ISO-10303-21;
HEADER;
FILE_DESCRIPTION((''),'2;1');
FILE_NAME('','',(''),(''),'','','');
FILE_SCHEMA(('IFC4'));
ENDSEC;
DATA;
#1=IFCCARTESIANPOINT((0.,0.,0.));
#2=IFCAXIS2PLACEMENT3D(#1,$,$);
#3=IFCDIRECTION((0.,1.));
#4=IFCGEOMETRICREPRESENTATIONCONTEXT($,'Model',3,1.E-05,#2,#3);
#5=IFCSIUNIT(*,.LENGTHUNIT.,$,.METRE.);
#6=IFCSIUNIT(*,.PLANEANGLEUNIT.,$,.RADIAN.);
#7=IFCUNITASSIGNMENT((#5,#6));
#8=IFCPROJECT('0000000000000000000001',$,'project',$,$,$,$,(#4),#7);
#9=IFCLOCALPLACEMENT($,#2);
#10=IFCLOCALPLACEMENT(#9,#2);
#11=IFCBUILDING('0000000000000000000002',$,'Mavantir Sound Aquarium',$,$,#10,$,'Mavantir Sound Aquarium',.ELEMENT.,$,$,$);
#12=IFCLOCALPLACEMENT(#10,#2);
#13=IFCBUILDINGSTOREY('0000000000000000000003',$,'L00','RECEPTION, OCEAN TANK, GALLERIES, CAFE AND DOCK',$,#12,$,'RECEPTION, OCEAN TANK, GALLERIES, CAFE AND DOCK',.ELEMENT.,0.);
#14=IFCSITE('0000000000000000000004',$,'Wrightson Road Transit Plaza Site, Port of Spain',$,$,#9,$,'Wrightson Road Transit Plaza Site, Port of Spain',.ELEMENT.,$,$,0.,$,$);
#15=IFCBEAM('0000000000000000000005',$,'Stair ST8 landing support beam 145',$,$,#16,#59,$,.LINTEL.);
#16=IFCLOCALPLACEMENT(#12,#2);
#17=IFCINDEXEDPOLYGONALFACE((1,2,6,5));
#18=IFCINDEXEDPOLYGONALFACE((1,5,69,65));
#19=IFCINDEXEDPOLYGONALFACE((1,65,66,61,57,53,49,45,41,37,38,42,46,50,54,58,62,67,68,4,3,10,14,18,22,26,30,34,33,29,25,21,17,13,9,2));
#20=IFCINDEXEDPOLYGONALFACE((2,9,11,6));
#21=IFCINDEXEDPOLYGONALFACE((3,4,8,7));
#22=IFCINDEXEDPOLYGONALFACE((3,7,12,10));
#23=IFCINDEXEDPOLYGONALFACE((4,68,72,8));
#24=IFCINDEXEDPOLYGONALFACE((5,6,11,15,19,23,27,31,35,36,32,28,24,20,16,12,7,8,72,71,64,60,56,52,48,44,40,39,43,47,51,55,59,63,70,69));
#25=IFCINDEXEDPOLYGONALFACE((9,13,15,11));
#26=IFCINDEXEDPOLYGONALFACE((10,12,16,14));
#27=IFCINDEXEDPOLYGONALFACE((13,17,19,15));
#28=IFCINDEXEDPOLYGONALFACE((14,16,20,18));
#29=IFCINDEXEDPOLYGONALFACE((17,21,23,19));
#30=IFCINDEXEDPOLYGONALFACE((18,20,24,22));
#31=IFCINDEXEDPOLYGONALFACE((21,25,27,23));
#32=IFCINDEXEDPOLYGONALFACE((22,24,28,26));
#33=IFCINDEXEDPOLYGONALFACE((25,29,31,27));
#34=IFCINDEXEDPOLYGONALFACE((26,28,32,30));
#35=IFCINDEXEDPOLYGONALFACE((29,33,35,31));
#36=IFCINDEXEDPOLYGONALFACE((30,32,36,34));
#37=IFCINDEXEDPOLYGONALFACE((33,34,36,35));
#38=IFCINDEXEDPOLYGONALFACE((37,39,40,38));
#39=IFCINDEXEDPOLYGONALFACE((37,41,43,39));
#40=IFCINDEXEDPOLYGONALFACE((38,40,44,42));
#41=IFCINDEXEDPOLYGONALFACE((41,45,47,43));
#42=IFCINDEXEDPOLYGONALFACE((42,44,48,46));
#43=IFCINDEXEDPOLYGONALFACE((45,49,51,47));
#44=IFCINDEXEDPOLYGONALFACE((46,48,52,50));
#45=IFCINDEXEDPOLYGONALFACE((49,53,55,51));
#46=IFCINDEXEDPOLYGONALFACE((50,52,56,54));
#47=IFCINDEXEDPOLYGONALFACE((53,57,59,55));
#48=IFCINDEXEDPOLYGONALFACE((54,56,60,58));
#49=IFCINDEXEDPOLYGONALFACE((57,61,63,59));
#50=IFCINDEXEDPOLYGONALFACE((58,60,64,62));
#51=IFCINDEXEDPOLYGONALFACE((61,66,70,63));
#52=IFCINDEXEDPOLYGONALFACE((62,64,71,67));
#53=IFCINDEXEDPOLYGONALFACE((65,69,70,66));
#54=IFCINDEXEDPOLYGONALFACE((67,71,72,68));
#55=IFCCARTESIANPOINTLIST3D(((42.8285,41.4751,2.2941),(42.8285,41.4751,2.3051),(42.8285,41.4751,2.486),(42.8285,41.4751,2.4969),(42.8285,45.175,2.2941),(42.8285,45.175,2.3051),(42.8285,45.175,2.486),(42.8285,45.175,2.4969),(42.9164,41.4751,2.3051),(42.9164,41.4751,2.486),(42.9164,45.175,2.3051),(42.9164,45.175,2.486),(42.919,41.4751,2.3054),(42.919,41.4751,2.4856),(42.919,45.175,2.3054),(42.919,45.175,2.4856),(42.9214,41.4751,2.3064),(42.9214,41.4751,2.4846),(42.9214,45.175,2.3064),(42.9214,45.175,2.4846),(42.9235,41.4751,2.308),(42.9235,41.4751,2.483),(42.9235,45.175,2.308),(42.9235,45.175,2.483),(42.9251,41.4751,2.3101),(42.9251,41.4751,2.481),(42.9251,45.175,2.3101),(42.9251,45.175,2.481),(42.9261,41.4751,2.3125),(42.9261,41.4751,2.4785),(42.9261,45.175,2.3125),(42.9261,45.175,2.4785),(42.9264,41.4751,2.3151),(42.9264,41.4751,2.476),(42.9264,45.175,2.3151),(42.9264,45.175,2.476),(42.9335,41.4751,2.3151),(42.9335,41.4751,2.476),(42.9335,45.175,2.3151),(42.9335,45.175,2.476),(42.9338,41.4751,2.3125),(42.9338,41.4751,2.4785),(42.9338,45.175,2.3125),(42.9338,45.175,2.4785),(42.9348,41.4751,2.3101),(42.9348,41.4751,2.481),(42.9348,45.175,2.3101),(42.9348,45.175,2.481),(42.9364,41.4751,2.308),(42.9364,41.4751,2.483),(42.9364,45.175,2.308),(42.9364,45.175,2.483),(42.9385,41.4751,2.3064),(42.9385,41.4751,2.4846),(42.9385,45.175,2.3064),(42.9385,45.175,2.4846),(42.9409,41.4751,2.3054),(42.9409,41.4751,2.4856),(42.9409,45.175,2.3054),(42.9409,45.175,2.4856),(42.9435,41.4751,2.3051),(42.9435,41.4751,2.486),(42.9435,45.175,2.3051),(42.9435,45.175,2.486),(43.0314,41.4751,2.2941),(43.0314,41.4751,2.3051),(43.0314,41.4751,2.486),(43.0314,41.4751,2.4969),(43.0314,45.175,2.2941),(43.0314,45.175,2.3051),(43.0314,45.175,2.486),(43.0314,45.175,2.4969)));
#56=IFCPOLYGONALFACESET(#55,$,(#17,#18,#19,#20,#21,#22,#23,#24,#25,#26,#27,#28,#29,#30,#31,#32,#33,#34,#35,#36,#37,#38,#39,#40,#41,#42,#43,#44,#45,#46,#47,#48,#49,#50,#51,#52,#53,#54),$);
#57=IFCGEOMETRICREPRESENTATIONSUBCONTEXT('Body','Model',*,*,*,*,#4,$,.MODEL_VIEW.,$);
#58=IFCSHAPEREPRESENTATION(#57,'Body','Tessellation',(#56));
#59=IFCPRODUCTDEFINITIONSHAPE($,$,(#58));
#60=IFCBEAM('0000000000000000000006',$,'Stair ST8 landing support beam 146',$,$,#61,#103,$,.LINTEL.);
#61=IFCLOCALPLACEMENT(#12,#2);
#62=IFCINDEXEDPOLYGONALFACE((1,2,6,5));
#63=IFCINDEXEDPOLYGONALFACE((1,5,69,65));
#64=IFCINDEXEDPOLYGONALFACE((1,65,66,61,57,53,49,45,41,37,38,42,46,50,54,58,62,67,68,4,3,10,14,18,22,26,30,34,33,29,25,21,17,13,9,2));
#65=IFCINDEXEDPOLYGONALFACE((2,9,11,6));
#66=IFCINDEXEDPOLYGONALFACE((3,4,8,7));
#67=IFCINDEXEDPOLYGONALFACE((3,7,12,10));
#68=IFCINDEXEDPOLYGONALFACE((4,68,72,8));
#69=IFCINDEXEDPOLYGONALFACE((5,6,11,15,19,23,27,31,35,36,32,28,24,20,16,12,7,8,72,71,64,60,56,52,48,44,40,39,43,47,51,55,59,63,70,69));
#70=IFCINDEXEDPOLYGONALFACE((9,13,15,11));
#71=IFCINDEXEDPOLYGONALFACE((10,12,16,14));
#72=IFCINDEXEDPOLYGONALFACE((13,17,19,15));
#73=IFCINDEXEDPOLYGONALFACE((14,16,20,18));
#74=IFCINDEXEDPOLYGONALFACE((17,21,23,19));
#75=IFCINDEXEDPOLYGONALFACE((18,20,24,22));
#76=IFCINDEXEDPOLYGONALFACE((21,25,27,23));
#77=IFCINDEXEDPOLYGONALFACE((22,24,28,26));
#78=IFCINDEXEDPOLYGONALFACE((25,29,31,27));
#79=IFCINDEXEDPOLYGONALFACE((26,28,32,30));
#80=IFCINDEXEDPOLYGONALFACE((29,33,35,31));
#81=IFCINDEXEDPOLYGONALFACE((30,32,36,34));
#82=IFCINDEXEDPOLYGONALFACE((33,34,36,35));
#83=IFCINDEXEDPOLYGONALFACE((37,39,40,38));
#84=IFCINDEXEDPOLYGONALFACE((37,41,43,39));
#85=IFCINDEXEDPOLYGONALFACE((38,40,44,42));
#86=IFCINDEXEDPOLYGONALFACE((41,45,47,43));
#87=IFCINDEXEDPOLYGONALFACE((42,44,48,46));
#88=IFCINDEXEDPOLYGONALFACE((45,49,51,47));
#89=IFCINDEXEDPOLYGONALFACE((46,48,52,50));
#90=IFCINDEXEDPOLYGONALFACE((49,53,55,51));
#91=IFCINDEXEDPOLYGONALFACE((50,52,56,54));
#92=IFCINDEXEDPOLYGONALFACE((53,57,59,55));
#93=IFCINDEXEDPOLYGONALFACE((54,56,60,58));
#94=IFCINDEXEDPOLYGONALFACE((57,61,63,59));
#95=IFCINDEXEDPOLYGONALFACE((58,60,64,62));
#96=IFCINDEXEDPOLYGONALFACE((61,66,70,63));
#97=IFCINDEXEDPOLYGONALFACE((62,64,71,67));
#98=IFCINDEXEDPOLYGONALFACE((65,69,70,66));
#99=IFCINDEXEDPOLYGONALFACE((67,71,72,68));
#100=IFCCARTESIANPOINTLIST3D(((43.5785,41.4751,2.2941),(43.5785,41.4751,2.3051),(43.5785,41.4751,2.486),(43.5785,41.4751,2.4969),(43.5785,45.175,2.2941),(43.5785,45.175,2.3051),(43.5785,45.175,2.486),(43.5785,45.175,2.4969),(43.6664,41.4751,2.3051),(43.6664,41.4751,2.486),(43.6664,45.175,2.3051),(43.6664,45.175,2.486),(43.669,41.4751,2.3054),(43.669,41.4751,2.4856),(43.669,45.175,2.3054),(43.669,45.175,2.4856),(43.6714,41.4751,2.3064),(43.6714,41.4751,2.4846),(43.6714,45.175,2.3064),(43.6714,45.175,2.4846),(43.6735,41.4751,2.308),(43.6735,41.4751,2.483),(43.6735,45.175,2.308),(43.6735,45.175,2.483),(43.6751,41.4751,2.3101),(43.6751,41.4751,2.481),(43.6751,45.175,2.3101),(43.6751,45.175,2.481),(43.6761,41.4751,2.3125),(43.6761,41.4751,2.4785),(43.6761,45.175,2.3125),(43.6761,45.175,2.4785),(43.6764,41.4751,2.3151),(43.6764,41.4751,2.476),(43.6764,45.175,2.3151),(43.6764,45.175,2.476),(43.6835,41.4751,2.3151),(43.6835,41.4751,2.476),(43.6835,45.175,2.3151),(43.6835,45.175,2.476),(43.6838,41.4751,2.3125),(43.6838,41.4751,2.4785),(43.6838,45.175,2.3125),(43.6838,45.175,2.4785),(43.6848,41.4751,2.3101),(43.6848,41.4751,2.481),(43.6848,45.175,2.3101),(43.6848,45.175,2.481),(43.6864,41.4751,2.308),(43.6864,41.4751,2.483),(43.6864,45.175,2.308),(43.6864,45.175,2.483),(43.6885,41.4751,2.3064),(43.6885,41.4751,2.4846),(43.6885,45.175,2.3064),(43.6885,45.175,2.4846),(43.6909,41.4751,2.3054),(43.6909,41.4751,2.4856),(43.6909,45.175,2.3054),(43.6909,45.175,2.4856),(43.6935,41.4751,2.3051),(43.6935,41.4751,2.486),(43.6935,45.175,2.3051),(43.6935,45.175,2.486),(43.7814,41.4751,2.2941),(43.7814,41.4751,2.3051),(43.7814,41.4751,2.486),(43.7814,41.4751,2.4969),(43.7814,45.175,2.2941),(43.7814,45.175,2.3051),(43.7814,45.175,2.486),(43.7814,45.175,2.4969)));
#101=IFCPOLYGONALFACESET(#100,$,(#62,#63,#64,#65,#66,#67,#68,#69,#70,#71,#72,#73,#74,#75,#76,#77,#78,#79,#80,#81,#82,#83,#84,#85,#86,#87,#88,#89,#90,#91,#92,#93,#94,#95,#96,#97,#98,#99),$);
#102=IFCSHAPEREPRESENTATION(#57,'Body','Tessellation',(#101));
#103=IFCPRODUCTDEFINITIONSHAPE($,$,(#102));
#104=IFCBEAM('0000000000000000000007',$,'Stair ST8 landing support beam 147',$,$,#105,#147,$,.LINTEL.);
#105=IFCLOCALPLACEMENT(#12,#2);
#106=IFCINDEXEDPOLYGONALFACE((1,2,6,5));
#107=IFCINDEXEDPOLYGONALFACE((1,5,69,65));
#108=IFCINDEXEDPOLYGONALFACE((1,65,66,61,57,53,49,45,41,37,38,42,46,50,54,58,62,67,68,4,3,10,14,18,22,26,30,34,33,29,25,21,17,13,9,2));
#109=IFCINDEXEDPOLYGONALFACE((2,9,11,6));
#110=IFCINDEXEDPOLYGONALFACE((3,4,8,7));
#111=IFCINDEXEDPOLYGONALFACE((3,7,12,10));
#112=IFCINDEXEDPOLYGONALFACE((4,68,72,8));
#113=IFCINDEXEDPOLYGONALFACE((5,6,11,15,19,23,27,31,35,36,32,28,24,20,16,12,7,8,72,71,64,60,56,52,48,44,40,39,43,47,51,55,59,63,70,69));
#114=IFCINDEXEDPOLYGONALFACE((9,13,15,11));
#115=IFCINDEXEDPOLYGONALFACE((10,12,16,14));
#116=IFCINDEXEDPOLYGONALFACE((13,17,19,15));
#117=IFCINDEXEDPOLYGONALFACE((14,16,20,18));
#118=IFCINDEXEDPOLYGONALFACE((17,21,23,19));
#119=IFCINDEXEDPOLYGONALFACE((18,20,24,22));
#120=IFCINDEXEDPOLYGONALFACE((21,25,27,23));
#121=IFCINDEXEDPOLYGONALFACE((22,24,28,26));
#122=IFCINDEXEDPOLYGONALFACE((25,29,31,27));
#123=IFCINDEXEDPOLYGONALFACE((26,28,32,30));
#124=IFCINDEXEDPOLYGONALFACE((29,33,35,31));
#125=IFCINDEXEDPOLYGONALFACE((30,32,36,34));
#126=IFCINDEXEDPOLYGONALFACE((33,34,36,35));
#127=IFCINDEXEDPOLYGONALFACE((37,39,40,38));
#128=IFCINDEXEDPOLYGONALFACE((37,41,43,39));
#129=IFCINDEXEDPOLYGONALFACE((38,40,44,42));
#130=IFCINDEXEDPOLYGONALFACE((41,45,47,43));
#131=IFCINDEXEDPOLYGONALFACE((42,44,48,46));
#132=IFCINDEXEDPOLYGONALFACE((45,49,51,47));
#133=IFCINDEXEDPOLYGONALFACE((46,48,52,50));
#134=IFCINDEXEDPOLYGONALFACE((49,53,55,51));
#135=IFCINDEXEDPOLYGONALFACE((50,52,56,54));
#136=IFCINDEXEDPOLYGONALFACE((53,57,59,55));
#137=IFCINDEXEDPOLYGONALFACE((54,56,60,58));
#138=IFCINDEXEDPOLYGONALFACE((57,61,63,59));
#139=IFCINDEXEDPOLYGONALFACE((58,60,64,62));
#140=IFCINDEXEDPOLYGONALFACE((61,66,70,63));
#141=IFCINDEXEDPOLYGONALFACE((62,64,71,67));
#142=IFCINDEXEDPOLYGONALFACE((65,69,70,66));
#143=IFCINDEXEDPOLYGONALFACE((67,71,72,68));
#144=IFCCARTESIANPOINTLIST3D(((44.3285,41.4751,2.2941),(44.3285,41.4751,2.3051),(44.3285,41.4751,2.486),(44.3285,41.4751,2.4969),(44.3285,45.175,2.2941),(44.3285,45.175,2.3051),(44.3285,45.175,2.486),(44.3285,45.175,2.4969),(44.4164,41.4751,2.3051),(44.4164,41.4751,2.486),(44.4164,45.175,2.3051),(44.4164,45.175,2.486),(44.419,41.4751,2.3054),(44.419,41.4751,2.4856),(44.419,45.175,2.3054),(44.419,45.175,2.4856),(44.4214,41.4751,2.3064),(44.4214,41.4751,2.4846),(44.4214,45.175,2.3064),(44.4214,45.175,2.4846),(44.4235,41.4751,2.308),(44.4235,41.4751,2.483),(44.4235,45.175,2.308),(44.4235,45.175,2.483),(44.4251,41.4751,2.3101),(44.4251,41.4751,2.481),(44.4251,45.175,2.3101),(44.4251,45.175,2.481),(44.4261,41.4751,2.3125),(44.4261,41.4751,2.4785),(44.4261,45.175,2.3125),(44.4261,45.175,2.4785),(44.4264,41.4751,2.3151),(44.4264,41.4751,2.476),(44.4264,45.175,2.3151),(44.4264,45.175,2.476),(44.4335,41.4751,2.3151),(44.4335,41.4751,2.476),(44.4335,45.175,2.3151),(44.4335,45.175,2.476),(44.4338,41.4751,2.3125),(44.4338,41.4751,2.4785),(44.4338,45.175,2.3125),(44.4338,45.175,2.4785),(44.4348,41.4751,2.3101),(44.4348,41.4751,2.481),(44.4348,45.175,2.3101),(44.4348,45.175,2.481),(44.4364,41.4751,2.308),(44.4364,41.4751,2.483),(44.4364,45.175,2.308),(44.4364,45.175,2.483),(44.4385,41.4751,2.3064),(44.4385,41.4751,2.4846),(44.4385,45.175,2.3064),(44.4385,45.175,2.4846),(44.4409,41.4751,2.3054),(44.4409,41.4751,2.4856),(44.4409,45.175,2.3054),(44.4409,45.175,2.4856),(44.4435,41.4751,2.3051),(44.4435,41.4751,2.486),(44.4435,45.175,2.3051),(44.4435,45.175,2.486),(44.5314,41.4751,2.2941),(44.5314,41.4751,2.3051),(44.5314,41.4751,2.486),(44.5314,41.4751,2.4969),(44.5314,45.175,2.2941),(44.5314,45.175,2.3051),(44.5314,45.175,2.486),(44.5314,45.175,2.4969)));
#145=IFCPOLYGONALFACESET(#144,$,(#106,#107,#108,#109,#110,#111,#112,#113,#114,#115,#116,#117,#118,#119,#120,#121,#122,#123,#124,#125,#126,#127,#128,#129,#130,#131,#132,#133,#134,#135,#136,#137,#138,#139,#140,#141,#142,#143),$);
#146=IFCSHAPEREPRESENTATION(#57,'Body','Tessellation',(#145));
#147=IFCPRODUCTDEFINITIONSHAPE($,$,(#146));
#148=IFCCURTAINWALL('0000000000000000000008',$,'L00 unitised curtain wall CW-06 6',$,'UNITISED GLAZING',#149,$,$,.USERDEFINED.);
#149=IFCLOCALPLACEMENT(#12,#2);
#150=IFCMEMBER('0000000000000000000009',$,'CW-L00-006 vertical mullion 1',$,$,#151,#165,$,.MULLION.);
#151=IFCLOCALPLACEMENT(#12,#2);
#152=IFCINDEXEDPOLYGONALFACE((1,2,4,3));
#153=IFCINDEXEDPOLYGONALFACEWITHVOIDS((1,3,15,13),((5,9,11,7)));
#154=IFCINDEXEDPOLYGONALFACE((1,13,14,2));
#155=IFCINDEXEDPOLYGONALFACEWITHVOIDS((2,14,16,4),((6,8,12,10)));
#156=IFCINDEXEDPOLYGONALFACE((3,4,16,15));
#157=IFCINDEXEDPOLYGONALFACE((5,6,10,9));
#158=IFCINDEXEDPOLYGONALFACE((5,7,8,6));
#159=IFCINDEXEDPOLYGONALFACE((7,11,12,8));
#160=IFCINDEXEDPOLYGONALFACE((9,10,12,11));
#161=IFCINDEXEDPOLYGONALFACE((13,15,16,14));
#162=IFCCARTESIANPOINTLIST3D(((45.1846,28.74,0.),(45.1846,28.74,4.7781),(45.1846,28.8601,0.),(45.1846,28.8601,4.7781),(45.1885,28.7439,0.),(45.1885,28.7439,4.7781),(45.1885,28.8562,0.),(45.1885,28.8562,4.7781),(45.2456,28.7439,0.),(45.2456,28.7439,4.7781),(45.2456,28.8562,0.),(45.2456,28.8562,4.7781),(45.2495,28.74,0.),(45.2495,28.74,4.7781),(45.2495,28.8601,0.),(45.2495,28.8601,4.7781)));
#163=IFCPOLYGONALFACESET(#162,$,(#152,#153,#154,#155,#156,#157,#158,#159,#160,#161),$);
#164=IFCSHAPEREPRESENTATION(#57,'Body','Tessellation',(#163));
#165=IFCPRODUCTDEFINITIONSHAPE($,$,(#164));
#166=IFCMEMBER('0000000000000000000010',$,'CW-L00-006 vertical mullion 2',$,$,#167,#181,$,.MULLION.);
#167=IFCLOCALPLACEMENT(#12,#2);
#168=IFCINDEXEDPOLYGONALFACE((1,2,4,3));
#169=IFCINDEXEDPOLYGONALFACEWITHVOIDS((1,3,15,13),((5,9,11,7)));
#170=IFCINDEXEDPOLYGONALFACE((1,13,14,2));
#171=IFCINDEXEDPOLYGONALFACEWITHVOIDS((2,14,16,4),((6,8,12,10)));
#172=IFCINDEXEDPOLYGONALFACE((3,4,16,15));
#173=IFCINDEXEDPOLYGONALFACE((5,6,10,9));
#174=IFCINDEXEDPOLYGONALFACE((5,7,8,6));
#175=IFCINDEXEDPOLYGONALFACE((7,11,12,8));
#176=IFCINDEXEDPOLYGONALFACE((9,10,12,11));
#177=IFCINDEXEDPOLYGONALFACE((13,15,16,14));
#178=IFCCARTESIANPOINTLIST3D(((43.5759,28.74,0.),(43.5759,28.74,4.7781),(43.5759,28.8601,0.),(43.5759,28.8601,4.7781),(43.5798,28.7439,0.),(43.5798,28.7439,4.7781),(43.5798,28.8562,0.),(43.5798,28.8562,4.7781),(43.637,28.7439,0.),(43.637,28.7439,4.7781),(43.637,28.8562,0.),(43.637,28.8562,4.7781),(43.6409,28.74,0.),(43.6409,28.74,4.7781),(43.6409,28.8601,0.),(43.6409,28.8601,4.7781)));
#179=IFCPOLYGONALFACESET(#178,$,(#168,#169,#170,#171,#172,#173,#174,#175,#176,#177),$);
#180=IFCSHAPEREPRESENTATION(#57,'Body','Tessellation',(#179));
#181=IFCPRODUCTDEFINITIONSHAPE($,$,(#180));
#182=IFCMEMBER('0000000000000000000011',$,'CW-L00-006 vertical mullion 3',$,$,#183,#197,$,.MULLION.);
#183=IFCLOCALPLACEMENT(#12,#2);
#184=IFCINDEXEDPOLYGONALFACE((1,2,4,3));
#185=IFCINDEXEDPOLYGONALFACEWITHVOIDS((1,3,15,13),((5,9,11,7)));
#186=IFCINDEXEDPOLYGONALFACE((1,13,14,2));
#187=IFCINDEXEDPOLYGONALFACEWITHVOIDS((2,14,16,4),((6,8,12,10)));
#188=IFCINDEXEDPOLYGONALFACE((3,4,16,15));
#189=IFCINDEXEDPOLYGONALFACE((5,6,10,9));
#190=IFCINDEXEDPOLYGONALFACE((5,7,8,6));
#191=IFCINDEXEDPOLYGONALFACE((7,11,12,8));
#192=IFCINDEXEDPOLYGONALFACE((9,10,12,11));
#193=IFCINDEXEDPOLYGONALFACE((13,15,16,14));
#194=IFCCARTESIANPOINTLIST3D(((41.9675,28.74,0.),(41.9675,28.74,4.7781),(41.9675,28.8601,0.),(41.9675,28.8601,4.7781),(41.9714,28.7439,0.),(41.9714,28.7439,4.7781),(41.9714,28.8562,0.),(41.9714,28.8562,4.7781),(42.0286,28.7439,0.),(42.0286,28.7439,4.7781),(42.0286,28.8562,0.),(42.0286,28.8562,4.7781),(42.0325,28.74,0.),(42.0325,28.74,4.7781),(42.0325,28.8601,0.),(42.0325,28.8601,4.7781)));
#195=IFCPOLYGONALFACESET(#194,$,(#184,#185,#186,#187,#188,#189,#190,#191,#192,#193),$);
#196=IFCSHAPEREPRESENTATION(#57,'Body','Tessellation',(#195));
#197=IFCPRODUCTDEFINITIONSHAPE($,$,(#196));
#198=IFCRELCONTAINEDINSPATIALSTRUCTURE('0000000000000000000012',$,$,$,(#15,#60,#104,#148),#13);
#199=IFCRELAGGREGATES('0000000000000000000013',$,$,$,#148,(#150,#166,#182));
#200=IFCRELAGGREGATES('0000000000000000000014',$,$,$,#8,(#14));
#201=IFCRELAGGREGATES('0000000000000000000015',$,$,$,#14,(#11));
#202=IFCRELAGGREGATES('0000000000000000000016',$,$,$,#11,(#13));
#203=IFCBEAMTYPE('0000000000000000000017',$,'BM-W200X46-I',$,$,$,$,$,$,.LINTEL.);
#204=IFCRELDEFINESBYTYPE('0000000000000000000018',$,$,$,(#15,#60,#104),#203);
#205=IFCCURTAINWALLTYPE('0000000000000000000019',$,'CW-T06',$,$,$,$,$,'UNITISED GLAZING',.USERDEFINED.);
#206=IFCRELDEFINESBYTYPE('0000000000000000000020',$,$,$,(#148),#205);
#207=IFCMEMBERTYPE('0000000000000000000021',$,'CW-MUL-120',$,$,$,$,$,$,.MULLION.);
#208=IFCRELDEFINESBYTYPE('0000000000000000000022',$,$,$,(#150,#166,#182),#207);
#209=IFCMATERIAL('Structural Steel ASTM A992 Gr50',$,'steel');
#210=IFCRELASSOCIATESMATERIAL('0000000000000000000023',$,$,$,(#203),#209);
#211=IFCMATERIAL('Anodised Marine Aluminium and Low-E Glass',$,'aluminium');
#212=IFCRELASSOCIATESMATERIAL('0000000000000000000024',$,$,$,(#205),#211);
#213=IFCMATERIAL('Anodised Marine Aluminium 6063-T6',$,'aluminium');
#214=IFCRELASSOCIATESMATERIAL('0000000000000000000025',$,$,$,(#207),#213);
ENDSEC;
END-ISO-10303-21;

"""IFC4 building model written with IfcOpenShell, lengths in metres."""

from ifc_helpers import new_model, si_unit, direction, frame, origin, origin_2d, place, context, subcontext, project, spatial, hollow_rectangle, i_section, extrude, material, material_profile, profile_set, type_object, element, aggregate, save


model = new_model("IFC4")

# Units and contexts
model_context = context("Model", 3, precision=1e-05, world=origin(), true_north=direction((0.0, 1.0)))
body_context = subcontext(model_context, "Body", "Model", "MODEL_VIEW")
ifc_project = project(units=[si_unit("LENGTHUNIT", "METRE"), si_unit("PLANEANGLEUNIT", "RADIAN")], contexts=[model_context])

# Site, building, storey
site_placement = place(None, origin())
site = spatial("IfcSite", under=ifc_project, at=site_placement, Name="Wrightson Road Transit Plaza Site, Port of Spain", LongName="Wrightson Road Transit Plaza Site, Port of Spain", CompositionType="ELEMENT", RefElevation=0.0)
building_placement = place(site_placement, origin())
building = spatial("IfcBuilding", under=site, at=building_placement, Name="Mavantir Sound Aquarium", LongName="Mavantir Sound Aquarium", CompositionType="ELEMENT")
storey_placement = place(building_placement, origin())
storey = spatial("IfcBuildingStorey", under=building, at=storey_placement, Name="L00", Description="RECEPTION, OCEAN TANK, GALLERIES, CAFE AND DOCK", LongName="RECEPTION, OCEAN TANK, GALLERIES, CAFE AND DOCK", CompositionType="ELEMENT", Elevation=0.0)

# Beams
ifc_material_1 = material(Name="Structural Steel ASTM A992 Gr50", Category="steel")
ifc_material_profile_1 = material_profile(ifc_material_1, i_section(OverallWidth=0.2029, OverallDepth=0.2029, WebThickness=0.0071, FlangeThickness=0.011, FilletRadius=0.01, at=origin_2d()), Name="W200X46")
ifc_profile_set_1 = profile_set([ifc_material_profile_1], Name="Structural Steel ASTM A992 Gr50")
beam_type = type_object("IfcBeamType", Name="BM-W200X46-I", PredefinedType="LINTEL", material=ifc_profile_set_1)
for number, where, z_axis, x_axis, name in (
    (1, (42.9299, 41.4751, 2.3955), (0.0, 1.0, 0.0), (-1.0, 0.0, 0.0), "Stair ST8 landing support beam 145"),
    (2, (43.6799, 41.4751, 2.3955), (0.0, 1.0, 0.0), (-1.0, 0.0, 0.0), "Stair ST8 landing support beam 146"),
    (3, (44.4299, 41.4751, 2.3955), (0.0, 1.0, 0.0), (-1.0, 0.0, 0.0), "Stair ST8 landing support beam 147"),
):
    element("IfcBeam", number, at=place(storey_placement, frame(where, z_axis=z_axis, x_axis=x_axis)), inside=storey, type_object=beam_type, Name=name, PredefinedType="LINTEL", context=body_context, shape_type="SweptSolid", body=[
        extrude(i_section(OverallWidth=0.2029, OverallDepth=0.2029, WebThickness=0.0071, FlangeThickness=0.011, FilletRadius=0.01, at=origin_2d()), origin(), (0.0, 0.0, 1.0), 3.7),
    ])

# Curtain wall, members
ifc_material_2 = material(Name="Anodised Marine Aluminium and Low-E Glass", Category="aluminium")
curtain_wall_type = type_object("IfcCurtainWallType", Name="CW-T06", ElementType="UNITISED GLAZING", PredefinedType="USERDEFINED", material=ifc_material_2)
curtain_wall_placement = place(storey_placement, origin())
curtain_wall = element("IfcCurtainWall", 4, at=curtain_wall_placement, inside=storey, type_object=curtain_wall_type, Name="L00 unitised curtain wall CW-06 6", ObjectType="UNITISED GLAZING", PredefinedType="USERDEFINED")
ifc_material_3 = material(Name="Anodised Marine Aluminium 6063-T6", Category="aluminium")
ifc_material_profile_2 = material_profile(ifc_material_3, hollow_rectangle(XDim=0.0649, YDim=0.1201, WallThickness=0.0039, at=origin_2d()), Name="ALU-MULLION-120X65")
ifc_profile_set_2 = profile_set([ifc_material_profile_2], Name="Anodised Marine Aluminium 6063-T6")
member_type_1 = type_object("IfcMemberType", Name="CW-MUL-120", PredefinedType="MULLION", material=ifc_profile_set_2)
member_1_placement = place(storey_placement, frame((45.217, 28.8, 0.0), z_axis=(0.0, 0.0, 1.0), x_axis=(1.0, 0.0, 0.0)))
member_1 = element("IfcMember", 5, at=member_1_placement, type_object=member_type_1, Name="CW-L00-006 vertical mullion 1", PredefinedType="MULLION", context=body_context, shape_type="SweptSolid", body=[
    extrude(hollow_rectangle(XDim=0.0649, YDim=0.1201, WallThickness=0.0039, at=origin_2d()), origin(), (0.0, 0.0, 1.0), 4.7781),
])
member_2_placement = place(storey_placement, frame((43.6084, 28.8, 0.0), z_axis=(0.0, 0.0, 1.0), x_axis=(1.0, 0.0, 0.0)))
member_2 = element("IfcMember", 6, at=member_2_placement, type_object=member_type_1, Name="CW-L00-006 vertical mullion 2", PredefinedType="MULLION", context=body_context, shape_type="SweptSolid", body=[
    extrude(hollow_rectangle(XDim=0.0649, YDim=0.1201, WallThickness=0.0039, at=origin_2d()), origin(), (0.0, 0.0, 1.0), 4.7781),
])
member_3_placement = place(storey_placement, frame((42.0, 28.8, 0.0), z_axis=(0.0, 0.0, 1.0), x_axis=(1.0, 0.0, 0.0)))
member_3 = element("IfcMember", 7, at=member_3_placement, type_object=member_type_1, Name="CW-L00-006 vertical mullion 3", PredefinedType="MULLION", context=body_context, shape_type="SweptSolid", body=[
    extrude(hollow_rectangle(XDim=0.0649, YDim=0.1201, WallThickness=0.0039, at=origin_2d()), origin(), (0.0, 0.0, 1.0), 4.7781),
])
aggregate(curtain_wall, [member_1, member_2, member_3])

save(model, "model.ifc")
